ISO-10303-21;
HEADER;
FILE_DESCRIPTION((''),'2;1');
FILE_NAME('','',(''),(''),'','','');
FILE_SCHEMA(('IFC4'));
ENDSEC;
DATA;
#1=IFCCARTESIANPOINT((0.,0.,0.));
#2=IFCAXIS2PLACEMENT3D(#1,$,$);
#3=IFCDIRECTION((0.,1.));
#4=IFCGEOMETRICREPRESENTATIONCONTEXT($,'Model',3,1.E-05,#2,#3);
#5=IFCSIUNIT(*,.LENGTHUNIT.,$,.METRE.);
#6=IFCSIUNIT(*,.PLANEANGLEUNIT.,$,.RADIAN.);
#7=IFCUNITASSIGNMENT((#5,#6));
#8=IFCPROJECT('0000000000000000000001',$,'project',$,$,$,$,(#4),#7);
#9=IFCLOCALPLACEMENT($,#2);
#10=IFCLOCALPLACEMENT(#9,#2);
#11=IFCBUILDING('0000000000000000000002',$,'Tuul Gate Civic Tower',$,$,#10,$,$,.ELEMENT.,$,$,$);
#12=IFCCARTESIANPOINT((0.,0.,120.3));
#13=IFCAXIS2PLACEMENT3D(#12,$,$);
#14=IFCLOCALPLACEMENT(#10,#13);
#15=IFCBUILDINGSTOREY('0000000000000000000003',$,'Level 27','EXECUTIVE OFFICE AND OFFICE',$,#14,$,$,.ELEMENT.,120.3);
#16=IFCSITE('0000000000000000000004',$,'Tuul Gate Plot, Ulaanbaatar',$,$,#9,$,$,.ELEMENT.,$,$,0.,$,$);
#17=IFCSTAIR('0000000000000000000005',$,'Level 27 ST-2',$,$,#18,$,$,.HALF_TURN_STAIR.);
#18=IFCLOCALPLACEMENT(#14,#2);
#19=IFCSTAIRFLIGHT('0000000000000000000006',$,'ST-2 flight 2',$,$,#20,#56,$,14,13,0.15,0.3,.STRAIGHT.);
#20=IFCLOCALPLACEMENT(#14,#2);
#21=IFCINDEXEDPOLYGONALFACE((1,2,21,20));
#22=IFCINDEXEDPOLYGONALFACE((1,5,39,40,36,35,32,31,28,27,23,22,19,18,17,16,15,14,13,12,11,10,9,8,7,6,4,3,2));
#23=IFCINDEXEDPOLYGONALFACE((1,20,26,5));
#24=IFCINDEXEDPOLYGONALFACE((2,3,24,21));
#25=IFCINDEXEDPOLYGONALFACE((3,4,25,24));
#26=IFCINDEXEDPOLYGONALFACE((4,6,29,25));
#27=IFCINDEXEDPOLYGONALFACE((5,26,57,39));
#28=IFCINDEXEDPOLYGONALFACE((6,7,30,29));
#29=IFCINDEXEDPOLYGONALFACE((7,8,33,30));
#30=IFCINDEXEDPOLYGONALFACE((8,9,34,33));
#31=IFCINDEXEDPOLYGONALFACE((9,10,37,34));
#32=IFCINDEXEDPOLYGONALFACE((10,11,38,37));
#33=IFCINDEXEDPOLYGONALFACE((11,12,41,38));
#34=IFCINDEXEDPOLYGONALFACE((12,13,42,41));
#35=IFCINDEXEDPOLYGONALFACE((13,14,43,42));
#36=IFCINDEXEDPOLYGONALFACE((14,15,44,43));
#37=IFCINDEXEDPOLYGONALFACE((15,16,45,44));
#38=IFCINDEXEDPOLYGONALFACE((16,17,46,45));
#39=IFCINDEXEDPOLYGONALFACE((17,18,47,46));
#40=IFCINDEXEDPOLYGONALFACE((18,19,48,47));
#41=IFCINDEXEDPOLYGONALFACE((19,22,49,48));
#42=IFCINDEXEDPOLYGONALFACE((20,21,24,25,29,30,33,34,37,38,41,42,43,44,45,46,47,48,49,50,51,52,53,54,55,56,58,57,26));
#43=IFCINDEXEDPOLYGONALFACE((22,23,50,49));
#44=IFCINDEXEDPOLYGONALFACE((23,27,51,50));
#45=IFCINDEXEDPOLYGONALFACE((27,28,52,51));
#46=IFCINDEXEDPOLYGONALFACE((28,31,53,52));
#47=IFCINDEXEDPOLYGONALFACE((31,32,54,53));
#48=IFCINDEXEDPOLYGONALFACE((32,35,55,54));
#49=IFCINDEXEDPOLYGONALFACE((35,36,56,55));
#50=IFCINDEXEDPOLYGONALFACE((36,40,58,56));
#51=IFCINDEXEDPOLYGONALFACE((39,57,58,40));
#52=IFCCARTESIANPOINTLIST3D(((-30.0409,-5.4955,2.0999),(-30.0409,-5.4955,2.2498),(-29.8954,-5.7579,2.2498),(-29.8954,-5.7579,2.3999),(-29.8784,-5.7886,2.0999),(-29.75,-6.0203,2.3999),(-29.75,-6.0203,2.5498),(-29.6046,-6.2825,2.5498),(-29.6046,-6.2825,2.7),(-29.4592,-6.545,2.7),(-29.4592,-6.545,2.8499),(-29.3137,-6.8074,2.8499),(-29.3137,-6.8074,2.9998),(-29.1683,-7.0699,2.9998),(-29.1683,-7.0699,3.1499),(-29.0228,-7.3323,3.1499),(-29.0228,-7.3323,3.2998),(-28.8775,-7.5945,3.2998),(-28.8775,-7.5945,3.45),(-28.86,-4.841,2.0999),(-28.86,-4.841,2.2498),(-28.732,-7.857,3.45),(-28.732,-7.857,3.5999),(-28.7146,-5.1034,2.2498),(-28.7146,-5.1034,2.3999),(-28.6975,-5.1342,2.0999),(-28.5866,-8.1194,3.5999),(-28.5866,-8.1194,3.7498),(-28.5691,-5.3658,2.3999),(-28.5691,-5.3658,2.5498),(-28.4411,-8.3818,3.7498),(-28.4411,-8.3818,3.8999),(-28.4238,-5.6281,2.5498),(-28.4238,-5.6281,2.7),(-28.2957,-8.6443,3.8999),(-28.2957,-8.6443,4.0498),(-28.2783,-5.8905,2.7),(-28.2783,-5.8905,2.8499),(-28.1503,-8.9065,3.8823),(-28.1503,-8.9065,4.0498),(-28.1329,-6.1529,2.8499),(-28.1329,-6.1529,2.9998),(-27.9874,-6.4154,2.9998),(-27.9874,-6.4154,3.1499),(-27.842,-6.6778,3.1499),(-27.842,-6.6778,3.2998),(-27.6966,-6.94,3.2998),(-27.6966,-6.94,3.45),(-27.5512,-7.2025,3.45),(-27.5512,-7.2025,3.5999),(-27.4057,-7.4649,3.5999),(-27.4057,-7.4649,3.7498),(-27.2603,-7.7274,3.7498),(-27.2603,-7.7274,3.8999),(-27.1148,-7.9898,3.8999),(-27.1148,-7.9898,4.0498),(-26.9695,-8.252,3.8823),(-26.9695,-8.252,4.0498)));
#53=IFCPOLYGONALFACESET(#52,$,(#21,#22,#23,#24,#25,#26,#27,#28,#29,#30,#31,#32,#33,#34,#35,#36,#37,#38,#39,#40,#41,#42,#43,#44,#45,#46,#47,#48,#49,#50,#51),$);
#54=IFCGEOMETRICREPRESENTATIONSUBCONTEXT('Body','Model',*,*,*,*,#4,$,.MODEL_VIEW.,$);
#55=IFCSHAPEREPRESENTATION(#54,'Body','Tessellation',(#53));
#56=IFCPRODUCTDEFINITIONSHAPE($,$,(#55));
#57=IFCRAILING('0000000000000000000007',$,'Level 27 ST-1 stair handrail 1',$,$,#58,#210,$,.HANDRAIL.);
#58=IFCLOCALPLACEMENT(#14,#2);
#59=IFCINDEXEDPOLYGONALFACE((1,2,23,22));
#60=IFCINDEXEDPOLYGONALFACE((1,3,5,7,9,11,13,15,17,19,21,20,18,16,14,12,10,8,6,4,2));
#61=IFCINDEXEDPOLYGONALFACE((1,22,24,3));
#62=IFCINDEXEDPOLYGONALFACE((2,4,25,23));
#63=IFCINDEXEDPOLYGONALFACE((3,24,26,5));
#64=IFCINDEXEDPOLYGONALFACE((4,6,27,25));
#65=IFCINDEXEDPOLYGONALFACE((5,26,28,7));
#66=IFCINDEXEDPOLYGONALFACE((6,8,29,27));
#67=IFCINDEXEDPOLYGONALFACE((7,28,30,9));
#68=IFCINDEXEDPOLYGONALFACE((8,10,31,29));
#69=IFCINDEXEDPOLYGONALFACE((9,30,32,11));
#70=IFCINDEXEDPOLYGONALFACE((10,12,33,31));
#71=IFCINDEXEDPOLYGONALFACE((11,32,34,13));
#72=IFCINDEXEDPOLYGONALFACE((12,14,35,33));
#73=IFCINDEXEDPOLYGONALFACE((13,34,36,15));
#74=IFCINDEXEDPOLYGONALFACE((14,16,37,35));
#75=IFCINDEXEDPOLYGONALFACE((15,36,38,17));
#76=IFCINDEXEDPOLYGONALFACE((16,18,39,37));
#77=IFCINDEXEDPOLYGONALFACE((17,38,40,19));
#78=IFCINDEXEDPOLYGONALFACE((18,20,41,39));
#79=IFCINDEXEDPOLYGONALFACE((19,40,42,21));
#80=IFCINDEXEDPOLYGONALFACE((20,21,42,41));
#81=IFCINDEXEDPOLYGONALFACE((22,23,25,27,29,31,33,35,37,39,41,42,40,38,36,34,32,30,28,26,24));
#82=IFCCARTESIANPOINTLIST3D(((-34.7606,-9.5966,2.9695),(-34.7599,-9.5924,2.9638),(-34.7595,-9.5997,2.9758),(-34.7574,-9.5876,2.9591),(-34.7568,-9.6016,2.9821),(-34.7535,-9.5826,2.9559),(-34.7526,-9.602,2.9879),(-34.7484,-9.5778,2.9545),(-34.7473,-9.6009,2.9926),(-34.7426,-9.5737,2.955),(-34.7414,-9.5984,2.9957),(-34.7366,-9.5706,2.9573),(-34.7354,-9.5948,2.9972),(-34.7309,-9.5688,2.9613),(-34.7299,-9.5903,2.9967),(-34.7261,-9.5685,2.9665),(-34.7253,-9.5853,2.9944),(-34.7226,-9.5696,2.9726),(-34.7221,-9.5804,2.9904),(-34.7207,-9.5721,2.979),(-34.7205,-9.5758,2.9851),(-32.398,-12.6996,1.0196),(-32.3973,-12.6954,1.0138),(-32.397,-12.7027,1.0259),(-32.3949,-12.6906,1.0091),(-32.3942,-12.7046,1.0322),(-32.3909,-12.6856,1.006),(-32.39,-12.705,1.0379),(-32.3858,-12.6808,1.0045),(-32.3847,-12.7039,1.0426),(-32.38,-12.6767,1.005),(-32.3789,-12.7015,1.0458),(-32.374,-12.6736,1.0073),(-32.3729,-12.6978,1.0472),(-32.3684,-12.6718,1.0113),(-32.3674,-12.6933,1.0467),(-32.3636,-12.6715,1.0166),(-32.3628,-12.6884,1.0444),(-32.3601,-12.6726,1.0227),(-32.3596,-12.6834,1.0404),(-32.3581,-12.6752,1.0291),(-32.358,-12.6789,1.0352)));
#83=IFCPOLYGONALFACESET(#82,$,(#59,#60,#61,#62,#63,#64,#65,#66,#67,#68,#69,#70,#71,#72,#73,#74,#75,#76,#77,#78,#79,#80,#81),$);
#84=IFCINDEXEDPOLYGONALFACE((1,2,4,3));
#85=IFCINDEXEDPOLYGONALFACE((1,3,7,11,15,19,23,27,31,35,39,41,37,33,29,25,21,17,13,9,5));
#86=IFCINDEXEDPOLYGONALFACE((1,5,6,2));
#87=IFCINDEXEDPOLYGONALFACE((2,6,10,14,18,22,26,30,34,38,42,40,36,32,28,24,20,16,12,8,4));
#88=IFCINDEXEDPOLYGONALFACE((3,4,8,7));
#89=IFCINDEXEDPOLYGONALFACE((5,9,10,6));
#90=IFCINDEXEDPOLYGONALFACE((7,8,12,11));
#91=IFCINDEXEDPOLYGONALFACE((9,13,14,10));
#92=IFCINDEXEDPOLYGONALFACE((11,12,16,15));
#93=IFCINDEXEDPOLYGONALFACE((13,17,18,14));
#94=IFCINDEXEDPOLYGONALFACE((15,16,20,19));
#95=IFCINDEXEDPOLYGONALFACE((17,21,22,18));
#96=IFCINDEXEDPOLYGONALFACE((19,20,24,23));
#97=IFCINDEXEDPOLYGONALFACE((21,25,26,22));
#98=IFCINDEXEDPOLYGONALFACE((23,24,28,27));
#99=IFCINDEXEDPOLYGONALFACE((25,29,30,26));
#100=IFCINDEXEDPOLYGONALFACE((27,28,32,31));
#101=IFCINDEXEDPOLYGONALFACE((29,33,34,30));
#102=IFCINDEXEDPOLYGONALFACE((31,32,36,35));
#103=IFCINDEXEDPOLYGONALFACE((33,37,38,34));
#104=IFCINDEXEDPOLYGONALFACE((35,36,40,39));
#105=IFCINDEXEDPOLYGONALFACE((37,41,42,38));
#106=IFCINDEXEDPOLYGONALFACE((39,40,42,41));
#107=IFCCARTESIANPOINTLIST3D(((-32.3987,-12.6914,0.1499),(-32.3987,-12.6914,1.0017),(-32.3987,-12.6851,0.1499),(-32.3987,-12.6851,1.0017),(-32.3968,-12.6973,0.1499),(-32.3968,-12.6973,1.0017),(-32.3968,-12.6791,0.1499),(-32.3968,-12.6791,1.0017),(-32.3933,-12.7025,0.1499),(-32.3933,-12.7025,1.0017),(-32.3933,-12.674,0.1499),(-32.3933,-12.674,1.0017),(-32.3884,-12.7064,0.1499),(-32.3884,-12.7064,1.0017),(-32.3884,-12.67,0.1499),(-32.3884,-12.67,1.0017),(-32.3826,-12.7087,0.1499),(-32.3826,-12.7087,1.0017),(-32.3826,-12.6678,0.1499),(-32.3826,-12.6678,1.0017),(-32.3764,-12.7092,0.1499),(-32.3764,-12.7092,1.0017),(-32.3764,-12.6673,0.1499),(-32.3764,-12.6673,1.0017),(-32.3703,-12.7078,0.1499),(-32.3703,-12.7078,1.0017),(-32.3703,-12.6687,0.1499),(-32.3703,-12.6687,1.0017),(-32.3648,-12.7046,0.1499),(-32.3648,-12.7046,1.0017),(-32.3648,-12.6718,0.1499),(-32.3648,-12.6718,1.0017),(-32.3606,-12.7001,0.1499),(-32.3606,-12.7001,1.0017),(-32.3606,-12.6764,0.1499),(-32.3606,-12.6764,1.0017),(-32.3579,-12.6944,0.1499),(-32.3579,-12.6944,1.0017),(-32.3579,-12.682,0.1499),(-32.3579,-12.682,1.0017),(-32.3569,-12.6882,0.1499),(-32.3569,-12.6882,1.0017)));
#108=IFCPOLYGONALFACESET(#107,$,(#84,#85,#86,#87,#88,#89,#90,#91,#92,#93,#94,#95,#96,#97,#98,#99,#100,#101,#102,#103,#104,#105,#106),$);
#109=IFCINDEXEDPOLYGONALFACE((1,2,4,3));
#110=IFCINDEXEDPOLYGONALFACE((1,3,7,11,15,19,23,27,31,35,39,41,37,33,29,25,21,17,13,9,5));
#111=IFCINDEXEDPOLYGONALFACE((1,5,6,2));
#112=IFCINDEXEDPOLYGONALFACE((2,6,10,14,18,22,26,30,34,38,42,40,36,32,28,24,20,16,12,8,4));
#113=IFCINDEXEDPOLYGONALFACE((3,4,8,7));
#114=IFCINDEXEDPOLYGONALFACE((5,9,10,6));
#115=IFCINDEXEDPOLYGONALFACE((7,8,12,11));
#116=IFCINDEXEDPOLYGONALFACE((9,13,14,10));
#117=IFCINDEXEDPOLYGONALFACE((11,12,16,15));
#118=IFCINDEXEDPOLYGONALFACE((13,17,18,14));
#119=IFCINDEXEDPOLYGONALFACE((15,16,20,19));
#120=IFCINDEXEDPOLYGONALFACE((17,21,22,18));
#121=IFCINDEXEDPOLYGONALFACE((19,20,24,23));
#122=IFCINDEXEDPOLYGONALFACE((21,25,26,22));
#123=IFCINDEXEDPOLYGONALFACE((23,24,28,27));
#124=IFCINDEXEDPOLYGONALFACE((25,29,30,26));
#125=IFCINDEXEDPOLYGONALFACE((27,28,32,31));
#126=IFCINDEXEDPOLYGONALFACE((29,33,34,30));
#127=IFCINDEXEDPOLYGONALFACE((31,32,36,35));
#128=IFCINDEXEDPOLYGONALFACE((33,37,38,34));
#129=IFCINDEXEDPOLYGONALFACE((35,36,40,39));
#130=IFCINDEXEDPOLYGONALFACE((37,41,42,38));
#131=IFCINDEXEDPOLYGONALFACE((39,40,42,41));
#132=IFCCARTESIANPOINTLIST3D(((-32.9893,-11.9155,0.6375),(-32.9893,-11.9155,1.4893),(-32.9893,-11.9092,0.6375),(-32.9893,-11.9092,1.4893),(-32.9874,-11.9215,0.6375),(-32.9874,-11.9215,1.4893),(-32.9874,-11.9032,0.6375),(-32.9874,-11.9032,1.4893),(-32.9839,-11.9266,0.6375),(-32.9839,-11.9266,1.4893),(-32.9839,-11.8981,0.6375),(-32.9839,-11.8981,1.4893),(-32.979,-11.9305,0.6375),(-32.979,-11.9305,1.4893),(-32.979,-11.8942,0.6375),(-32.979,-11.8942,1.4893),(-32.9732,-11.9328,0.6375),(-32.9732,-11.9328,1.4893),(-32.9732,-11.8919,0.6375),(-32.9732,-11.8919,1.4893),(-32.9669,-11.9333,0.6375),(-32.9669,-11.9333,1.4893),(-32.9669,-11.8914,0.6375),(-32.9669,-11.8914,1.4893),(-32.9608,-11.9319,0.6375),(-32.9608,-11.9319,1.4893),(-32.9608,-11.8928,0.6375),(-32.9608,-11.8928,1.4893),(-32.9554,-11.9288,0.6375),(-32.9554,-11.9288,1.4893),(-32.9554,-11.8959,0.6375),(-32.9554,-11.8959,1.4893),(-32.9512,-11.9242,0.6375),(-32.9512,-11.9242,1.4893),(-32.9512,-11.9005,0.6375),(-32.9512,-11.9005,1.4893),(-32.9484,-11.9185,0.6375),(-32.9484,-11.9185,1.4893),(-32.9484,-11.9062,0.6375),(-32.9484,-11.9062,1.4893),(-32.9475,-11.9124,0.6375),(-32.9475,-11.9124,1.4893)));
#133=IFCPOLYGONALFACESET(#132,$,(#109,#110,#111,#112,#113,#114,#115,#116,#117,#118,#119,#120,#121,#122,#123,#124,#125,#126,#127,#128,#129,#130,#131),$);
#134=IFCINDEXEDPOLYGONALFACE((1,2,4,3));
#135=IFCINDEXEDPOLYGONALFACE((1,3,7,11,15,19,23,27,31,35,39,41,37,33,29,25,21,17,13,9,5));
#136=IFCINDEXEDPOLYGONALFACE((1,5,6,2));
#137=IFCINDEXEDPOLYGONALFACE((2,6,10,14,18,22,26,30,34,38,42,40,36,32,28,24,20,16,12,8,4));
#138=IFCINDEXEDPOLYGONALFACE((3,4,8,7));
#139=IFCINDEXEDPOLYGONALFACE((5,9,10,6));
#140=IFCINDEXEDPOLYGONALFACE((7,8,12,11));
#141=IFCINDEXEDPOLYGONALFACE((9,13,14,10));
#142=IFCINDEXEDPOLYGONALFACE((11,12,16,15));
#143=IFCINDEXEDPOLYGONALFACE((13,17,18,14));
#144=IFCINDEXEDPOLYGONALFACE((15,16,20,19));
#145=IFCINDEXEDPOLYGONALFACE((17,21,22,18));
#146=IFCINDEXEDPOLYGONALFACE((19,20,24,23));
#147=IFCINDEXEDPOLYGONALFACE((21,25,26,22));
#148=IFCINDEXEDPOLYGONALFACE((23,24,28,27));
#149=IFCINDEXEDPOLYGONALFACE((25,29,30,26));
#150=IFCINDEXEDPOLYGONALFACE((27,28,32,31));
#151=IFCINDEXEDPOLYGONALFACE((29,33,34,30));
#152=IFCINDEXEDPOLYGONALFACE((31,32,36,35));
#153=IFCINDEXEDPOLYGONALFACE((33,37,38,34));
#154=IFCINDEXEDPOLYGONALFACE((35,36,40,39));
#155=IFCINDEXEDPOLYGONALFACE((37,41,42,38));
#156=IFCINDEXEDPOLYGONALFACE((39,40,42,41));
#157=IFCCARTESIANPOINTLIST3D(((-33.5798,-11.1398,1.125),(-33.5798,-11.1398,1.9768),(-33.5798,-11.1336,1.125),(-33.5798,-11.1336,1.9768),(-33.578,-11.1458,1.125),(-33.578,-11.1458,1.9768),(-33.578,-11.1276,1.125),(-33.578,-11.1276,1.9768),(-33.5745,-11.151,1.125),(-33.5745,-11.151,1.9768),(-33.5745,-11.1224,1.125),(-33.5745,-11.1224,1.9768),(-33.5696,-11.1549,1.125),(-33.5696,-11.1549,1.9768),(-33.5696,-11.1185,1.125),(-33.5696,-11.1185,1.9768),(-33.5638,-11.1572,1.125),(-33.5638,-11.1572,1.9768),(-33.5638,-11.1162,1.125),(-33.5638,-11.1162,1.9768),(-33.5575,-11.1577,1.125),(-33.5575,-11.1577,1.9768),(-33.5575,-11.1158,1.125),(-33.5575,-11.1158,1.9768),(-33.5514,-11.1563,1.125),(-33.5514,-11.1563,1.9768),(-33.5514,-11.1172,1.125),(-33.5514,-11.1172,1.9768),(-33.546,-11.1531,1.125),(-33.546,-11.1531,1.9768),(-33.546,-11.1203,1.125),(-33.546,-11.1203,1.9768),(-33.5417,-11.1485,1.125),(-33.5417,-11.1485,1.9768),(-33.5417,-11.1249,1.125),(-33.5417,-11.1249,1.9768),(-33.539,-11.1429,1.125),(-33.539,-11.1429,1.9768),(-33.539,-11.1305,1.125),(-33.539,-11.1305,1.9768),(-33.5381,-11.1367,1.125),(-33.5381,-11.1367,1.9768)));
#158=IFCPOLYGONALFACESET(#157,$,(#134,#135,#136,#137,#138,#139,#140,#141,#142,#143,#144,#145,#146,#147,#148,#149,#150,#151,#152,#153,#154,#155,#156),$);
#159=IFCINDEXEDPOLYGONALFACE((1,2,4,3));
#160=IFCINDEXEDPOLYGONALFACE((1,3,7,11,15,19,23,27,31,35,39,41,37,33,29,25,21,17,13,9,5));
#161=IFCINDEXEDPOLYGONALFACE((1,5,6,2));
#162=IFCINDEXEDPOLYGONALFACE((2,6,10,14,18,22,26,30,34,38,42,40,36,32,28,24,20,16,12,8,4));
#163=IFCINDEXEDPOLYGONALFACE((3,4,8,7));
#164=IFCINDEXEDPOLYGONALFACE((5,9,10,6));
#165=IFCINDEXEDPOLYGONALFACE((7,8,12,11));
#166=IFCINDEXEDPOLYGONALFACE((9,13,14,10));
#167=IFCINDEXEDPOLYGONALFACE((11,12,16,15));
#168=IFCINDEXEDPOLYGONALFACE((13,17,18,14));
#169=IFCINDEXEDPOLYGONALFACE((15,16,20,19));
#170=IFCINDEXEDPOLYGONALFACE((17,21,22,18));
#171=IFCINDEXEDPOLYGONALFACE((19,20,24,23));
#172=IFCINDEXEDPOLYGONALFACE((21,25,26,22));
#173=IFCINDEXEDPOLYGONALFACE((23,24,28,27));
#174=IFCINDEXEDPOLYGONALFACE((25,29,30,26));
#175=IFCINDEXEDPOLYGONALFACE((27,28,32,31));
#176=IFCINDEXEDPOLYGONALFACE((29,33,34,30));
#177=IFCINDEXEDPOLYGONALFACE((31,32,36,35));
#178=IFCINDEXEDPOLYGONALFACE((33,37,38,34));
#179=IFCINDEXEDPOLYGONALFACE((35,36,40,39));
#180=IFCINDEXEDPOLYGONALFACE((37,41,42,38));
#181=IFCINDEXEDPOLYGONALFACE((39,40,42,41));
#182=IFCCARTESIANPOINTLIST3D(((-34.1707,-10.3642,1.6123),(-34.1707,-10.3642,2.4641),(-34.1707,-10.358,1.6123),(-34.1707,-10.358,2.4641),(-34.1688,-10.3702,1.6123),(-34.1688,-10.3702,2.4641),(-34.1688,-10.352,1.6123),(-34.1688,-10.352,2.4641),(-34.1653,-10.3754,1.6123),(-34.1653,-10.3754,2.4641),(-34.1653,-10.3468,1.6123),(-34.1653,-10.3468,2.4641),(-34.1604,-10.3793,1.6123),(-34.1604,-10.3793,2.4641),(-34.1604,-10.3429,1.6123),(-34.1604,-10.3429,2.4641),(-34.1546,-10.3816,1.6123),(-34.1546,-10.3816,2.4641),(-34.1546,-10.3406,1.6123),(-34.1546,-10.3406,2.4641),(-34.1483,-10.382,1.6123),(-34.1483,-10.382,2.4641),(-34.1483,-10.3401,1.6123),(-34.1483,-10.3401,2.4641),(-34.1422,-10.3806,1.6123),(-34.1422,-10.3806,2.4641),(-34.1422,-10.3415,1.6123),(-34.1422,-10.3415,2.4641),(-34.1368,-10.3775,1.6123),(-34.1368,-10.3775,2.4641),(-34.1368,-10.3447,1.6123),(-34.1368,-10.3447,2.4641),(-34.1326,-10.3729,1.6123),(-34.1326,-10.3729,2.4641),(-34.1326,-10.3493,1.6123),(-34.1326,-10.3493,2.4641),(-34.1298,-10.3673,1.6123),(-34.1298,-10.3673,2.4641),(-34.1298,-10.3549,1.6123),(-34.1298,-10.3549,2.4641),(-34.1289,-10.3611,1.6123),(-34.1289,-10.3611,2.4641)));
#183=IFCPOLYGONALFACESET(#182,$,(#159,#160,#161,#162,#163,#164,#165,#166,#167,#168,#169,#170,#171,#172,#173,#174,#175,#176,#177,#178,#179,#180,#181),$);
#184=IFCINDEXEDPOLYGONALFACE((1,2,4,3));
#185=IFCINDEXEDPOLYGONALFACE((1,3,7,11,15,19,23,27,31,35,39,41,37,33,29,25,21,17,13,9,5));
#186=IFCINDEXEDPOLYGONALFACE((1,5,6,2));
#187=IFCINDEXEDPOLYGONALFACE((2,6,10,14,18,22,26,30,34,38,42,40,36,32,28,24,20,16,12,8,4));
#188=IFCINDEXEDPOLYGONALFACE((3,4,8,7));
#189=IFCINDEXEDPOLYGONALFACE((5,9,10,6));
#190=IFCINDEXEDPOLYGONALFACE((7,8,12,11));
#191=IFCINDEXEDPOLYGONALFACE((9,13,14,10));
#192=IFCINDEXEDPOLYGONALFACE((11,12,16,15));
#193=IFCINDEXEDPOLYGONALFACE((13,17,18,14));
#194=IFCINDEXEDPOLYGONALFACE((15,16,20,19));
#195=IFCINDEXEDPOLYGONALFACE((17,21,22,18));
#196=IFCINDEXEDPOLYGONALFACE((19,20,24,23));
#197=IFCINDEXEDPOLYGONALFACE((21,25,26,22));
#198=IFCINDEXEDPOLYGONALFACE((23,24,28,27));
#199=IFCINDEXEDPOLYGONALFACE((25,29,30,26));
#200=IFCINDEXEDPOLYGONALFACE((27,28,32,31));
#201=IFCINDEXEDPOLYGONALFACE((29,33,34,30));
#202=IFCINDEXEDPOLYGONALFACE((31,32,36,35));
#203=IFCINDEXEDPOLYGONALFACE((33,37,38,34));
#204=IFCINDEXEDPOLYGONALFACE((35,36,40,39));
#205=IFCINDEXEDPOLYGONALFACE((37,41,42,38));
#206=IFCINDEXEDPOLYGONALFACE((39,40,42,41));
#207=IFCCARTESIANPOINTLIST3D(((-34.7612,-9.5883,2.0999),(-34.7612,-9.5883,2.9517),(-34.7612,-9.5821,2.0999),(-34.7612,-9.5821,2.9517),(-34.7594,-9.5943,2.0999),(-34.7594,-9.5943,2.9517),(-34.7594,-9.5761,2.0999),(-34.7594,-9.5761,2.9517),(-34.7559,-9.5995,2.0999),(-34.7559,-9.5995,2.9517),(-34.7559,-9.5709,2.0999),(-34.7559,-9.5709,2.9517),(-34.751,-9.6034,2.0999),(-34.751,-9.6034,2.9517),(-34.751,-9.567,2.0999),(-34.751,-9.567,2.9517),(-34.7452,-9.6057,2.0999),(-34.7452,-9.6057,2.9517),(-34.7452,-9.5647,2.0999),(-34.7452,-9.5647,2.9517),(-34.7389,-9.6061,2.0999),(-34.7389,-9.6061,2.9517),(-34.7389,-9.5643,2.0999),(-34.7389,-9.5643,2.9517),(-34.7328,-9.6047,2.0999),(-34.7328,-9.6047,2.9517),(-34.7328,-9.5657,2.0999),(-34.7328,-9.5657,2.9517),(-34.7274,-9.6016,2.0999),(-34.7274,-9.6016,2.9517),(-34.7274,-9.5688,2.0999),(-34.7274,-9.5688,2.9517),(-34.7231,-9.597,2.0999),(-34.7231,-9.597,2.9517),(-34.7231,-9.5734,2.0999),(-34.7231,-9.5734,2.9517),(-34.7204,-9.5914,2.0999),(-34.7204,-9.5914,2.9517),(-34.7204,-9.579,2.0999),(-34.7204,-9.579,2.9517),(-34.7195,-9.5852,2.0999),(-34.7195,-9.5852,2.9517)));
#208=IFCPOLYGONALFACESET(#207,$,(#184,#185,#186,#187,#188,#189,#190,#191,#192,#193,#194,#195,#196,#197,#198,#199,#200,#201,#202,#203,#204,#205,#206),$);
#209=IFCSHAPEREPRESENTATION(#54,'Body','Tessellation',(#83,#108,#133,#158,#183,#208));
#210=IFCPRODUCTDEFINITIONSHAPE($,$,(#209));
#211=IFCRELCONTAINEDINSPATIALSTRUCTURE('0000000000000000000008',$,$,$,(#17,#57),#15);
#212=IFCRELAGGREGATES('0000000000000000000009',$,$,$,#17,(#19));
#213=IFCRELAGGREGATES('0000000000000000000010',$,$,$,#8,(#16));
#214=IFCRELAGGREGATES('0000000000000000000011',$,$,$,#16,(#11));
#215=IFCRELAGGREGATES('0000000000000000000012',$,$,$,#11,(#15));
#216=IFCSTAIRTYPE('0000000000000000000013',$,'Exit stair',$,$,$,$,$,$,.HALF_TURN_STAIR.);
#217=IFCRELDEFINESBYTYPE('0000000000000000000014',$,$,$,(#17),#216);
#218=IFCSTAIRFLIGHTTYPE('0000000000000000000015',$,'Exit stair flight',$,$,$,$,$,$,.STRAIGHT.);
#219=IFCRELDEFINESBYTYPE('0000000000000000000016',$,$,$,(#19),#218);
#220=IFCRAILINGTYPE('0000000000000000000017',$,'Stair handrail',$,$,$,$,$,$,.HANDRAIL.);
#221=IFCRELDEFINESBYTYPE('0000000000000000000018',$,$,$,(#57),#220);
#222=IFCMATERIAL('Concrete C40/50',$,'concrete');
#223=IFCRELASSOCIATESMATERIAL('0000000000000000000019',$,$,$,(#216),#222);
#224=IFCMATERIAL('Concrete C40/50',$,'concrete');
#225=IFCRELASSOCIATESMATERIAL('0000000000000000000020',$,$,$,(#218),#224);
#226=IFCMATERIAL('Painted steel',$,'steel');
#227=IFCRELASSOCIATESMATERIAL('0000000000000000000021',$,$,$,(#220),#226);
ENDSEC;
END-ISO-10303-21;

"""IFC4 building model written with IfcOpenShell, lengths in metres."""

from ifc_helpers import new_model, si_unit, direction, frame, origin, origin_2d, place, context, subcontext, project, spatial, polyline, circle, outline, extrude, material, type_object, element, aggregate, save


model = new_model("IFC4")

# Units and contexts
model_context = context("Model", 3, precision=1e-05, world=origin(), true_north=direction((0.0, 1.0)))
body_context = subcontext(model_context, "Body", "Model", "MODEL_VIEW")
ifc_project = project(units=[si_unit("LENGTHUNIT", "METRE"), si_unit("PLANEANGLEUNIT", "RADIAN")], contexts=[model_context])

# Site, building, storey
site_placement = place(None, origin())
site = spatial("IfcSite", under=ifc_project, at=site_placement, Name="Tuul Gate Plot, Ulaanbaatar", CompositionType="ELEMENT", RefElevation=0.0)
building_placement = place(site_placement, origin())
building = spatial("IfcBuilding", under=site, at=building_placement, Name="Tuul Gate Civic Tower", CompositionType="ELEMENT")
storey_placement = place(building_placement, frame((0.0, 0.0, 120.3)))
storey = spatial("IfcBuildingStorey", under=building, at=storey_placement, Name="Level 27", Description="EXECUTIVE OFFICE AND OFFICE", CompositionType="ELEMENT", Elevation=120.3)

# Shared definitions
ifc_material_1 = material(Name="Concrete C40/50", Category="concrete")
stair_type = type_object("IfcStairType", Name="Exit stair", PredefinedType="HALF_TURN_STAIR", material=ifc_material_1)
ifc_material_2 = material(Name="Concrete C40/50", Category="concrete")
stair_flight_type = type_object("IfcStairFlightType", Name="Exit stair flight", PredefinedType="STRAIGHT", material=ifc_material_2)

# Stair, stair flight
stair_1_placement = place(storey_placement, origin())
stair_1 = element("IfcStair", 1, at=stair_1_placement, inside=storey, type_object=stair_type, Name="Level 27 ST-2", PredefinedType="HALF_TURN_STAIR")
stair_flight_1_placement = place(storey_placement, frame((-29.4504, -5.1682, 2.0999), z_axis=(0.0, 0.0, 1.0), x_axis=(0.484762, -0.874646, 0.0)))
stair_flight_1 = element("IfcStairFlight", 2, at=stair_flight_1_placement, type_object=stair_flight_type, Name="ST-2 flight 2", NumberOfRisers=14, NumberOfTreads=13, PredefinedType="STRAIGHT", RiserHeight=0.15, TreadLength=0.3, context=body_context, shape_type="SweptSolid", body=[
    extrude(outline(polyline([(0.0, 0.0), (0.0, 0.1499), (0.3, 0.1499), (0.3, 0.3), (0.6001, 0.3), (0.6001, 0.45), (0.8999, 0.45), (0.8999, 0.6001), (1.2, 0.6001), (1.2, 0.75), (1.5, 0.75), (1.5, 0.8999), (1.8, 0.8999), (1.8, 1.05), (2.1001, 1.05), (2.1001, 1.2), (2.3999, 1.2), (2.3999, 1.3501), (2.7, 1.3501), (2.7, 1.5), (3.0, 1.5), (3.0, 1.6499), (3.3, 1.6499), (3.3, 1.8), (3.6001, 1.8), (3.6001, 1.95), (3.8999, 1.95), (3.8999, 2.1001), (3.8999, 1.7825), (0.3352, 0.0), (0.0, 0.0)])), frame((0.0, 0.675, 0.0), z_axis=(0.0, -1.0, 0.0), x_axis=(1.0, 0.0, 0.0)), (0.0, 0.0, 1.0), 1.3501),
])
aggregate(stair_1, [stair_flight_1])

# Railing
ifc_material_3 = material(Name="Painted steel", Category="steel")
railing_type_1 = type_object("IfcRailingType", Name="Stair handrail", PredefinedType="HANDRAIL", material=ifc_material_3)
railing_1_placement = place(storey_placement, frame((-32.3779, -12.6882, 0.1499)))
element("IfcRailing", 3, at=railing_1_placement, inside=storey, type_object=railing_type_1, Name="Level 27 ST-1 stair handrail 1", PredefinedType="HANDRAIL", context=body_context, shape_type="SweptSolid", body=[
    extrude(circle(Radius=0.0239, at=origin_2d()), frame((0.0, 0.0, 0.876), z_axis=(-0.541824, 0.711645, 0.4472), x_axis=(-0.795637, -0.605773, 0.0)), (0.0, 0.0, 1.0), 4.3604),
    extrude(circle(Radius=0.021, at=origin_2d()), origin(), (0.0, 0.0, 1.0), 0.8518),
    extrude(circle(Radius=0.021, at=origin_2d()), frame((-0.5906, 0.7759, 0.4875)), (0.0, 0.0, 1.0), 0.8518),
    extrude(circle(Radius=0.021, at=origin_2d()), frame((-1.1812, 1.5515, 0.9751)), (0.0, 0.0, 1.0), 0.8518),
    extrude(circle(Radius=0.021, at=origin_2d()), frame((-1.772, 2.3271, 1.4624)), (0.0, 0.0, 1.0), 0.8518),
    extrude(circle(Radius=0.021, at=origin_2d()), frame((-2.3625, 3.103, 1.95)), (0.0, 0.0, 1.0), 0.8518),
])

save(model, "model.ifc")
